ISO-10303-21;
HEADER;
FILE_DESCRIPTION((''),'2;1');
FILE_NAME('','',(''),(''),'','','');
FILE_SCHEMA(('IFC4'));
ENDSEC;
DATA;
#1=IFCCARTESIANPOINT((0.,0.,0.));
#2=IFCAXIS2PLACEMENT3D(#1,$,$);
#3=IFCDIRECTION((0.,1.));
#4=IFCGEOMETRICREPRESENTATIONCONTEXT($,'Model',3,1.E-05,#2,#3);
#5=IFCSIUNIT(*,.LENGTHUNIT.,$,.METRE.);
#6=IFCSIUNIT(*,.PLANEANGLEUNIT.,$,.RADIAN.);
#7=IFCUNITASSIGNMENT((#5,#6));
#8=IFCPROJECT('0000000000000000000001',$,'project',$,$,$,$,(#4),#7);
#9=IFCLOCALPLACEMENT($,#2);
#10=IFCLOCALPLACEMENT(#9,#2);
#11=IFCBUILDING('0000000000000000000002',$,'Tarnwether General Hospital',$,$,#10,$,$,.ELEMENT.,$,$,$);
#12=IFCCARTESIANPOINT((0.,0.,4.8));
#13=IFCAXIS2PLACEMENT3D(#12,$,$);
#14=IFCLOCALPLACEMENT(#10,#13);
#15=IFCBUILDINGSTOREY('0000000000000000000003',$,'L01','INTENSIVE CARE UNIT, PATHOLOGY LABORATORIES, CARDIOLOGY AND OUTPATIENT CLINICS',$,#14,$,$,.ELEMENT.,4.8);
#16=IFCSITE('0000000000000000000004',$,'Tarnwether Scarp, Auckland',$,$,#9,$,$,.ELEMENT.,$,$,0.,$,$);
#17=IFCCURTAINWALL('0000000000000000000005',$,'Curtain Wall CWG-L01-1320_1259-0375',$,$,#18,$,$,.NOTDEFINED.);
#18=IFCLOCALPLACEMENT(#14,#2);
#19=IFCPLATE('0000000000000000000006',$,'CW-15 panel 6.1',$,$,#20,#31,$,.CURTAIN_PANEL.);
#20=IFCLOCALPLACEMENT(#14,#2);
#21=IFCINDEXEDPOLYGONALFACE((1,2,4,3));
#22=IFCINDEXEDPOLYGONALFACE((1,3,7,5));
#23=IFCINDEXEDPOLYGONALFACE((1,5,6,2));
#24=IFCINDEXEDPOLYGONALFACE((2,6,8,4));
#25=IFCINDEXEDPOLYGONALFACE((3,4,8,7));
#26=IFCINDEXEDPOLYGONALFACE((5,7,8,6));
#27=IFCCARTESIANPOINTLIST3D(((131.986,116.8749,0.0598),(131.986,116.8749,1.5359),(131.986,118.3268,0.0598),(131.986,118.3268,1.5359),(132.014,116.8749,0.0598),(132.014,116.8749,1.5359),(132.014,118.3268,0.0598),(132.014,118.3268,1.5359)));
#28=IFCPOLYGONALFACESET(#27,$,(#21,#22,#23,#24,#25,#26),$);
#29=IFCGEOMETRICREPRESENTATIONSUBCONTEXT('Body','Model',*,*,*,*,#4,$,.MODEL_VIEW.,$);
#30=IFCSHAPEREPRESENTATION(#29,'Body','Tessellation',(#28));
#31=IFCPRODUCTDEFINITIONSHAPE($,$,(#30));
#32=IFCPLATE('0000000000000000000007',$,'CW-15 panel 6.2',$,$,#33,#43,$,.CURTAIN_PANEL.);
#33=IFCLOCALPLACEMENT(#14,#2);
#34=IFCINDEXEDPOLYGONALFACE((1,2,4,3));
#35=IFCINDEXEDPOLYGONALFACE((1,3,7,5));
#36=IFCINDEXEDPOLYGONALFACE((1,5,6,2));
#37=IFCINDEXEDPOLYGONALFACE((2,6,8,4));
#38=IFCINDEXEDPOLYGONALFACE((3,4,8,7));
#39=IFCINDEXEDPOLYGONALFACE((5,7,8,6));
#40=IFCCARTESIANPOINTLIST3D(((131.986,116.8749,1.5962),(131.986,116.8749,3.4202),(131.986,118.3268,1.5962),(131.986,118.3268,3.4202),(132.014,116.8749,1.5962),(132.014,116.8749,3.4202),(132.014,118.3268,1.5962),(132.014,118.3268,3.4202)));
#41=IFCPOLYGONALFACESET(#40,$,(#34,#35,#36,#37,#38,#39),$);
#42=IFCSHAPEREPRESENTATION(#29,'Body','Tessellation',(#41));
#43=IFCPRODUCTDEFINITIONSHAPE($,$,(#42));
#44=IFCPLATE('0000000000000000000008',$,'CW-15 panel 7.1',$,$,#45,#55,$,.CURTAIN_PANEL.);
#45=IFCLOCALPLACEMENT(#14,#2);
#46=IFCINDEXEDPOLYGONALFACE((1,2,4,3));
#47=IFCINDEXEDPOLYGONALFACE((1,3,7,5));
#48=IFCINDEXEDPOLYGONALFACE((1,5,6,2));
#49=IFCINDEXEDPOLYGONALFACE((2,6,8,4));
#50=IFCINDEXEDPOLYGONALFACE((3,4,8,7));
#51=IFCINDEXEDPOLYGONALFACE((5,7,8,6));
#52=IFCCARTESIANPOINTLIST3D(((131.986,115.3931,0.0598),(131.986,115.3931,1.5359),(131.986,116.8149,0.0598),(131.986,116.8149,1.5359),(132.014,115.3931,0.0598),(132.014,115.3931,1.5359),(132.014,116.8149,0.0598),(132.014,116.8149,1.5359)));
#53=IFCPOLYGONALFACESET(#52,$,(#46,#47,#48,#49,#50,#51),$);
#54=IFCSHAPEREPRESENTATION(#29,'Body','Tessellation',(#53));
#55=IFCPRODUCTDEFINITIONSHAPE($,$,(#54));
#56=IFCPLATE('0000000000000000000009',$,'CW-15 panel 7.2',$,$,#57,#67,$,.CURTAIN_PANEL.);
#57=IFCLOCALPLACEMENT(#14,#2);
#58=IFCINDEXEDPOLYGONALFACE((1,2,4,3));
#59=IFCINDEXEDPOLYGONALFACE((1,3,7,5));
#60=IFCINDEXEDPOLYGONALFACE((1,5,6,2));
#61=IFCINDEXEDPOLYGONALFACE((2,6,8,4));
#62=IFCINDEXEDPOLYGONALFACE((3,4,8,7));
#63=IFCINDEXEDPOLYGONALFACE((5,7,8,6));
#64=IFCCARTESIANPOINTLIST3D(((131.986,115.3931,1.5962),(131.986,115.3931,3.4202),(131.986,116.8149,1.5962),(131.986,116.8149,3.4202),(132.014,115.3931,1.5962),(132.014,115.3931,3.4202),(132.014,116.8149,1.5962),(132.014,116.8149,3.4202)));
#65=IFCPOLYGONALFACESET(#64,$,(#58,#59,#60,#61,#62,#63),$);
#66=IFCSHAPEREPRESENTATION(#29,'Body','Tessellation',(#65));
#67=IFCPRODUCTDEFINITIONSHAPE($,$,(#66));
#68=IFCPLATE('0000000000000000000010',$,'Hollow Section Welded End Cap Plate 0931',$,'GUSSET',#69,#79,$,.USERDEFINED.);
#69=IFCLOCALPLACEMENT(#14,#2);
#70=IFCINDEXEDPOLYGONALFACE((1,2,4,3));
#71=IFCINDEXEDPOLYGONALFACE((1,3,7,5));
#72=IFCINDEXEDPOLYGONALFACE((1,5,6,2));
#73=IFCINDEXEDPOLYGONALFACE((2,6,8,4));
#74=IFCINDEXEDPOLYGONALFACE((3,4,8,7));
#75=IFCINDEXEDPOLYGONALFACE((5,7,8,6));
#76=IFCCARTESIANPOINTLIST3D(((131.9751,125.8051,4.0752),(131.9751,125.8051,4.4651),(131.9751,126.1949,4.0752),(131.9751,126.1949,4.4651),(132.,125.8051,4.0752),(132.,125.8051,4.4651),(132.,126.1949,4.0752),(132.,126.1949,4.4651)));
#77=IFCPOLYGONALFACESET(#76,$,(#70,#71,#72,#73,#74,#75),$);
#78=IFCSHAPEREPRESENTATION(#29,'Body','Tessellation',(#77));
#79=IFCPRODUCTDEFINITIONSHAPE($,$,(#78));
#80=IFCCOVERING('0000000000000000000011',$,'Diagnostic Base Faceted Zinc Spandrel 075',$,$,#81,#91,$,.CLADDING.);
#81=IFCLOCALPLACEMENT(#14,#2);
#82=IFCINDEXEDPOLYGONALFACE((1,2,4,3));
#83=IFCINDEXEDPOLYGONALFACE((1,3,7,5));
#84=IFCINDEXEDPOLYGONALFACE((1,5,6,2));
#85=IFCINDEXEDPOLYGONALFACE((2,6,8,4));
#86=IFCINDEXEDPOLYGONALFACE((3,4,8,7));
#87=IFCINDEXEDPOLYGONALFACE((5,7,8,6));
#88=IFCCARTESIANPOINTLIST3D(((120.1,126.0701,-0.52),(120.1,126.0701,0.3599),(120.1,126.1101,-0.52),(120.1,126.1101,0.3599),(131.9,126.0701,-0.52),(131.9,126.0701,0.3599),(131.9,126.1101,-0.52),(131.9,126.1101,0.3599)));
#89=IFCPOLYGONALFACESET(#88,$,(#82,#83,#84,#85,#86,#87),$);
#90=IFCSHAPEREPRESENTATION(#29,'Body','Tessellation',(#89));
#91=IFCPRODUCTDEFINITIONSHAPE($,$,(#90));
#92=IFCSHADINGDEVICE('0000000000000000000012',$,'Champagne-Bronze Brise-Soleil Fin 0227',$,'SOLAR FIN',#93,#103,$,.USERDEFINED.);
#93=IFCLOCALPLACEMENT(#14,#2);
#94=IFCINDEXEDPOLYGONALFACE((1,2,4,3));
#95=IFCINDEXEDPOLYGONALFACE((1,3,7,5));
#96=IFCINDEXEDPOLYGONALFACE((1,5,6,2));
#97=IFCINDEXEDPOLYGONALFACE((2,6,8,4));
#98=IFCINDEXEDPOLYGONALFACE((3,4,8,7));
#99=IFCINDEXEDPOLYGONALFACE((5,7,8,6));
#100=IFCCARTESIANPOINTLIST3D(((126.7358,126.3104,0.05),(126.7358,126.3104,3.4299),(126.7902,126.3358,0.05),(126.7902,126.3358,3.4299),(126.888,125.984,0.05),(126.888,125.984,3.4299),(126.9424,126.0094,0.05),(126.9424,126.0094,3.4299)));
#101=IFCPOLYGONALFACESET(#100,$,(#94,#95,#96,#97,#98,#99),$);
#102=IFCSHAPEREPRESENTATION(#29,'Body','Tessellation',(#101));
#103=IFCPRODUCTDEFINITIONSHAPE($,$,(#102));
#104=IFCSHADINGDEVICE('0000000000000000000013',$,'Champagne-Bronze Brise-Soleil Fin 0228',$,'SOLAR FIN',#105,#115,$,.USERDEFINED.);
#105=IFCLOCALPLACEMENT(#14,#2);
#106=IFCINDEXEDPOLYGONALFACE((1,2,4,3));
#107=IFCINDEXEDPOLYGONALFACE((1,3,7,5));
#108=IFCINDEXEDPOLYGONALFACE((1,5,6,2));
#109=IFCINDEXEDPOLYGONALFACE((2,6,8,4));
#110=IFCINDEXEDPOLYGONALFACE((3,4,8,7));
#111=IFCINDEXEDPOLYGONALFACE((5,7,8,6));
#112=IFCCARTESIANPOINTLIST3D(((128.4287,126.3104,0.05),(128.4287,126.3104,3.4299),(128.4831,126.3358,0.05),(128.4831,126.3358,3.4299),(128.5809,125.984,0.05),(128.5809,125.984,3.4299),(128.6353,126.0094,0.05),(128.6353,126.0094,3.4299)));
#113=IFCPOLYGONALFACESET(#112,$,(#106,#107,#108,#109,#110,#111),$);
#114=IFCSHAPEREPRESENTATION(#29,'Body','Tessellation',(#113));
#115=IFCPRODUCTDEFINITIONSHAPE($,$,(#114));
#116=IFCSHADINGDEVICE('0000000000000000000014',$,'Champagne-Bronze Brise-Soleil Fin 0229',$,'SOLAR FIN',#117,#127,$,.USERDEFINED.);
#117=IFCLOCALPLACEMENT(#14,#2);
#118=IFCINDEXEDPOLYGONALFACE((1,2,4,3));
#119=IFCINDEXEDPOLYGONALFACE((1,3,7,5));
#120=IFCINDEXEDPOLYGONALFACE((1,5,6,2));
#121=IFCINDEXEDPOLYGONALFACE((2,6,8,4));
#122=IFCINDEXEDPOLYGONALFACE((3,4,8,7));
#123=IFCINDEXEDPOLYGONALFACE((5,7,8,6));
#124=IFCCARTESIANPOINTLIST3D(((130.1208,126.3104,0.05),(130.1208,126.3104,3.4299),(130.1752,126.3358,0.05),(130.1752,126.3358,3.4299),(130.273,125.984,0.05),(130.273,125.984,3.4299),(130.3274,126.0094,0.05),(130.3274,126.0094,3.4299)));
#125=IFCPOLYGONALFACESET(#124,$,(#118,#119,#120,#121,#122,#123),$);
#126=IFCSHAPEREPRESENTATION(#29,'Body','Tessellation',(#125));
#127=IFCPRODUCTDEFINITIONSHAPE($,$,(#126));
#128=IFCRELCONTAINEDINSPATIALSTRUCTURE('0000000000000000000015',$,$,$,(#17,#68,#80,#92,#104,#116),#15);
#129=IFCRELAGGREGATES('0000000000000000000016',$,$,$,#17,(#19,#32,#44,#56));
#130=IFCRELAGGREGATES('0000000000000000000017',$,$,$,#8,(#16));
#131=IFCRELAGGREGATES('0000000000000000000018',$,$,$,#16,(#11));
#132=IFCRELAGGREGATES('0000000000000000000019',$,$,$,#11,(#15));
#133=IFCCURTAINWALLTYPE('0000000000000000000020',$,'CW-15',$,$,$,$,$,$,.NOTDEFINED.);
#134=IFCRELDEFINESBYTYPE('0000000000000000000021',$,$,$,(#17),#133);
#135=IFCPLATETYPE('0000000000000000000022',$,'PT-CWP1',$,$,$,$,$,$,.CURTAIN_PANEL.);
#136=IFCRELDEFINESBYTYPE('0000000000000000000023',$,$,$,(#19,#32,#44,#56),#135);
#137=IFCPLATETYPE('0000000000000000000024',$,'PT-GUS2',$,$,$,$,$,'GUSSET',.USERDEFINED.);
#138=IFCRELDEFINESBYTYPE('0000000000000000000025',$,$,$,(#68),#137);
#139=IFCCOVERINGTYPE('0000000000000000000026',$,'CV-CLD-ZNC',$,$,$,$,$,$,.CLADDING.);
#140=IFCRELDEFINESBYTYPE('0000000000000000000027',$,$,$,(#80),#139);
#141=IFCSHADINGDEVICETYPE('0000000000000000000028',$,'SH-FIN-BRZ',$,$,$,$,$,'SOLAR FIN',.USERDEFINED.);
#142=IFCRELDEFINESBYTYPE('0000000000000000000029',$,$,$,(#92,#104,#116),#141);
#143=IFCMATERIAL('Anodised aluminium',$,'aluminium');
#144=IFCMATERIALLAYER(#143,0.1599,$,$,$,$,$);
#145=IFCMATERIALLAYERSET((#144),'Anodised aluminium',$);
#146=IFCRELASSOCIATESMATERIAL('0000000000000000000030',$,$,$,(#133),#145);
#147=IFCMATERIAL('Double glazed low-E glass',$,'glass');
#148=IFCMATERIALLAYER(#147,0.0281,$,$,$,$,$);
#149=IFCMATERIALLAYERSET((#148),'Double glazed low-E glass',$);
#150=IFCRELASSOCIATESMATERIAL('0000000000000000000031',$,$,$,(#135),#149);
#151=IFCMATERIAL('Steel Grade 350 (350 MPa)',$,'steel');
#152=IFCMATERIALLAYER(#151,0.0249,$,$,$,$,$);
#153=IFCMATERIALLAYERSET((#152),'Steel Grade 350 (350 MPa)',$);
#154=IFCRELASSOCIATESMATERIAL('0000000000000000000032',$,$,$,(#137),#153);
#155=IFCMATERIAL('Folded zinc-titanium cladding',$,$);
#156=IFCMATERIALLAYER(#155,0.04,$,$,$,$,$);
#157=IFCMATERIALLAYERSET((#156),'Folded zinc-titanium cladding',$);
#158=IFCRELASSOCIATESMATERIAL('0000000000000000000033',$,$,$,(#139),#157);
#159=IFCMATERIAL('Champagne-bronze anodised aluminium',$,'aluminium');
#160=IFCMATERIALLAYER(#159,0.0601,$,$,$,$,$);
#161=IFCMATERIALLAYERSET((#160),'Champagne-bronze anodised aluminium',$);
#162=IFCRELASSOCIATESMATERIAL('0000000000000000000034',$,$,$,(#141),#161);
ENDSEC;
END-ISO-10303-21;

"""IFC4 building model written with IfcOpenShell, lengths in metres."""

from ifc_helpers import new_model, si_unit, direction, frame, origin, origin_2d, place, context, subcontext, project, spatial, rectangle, extrude, material, layer, layer_set, type_object, element, aggregate, save


model = new_model("IFC4")

# Units and contexts
model_context = context("Model", 3, precision=1e-05, world=origin(), true_north=direction((0.0, 1.0)))
body_context = subcontext(model_context, "Body", "Model", "MODEL_VIEW")
ifc_project = project(units=[si_unit("LENGTHUNIT", "METRE"), si_unit("PLANEANGLEUNIT", "RADIAN")], contexts=[model_context])

# Site, building, storey
site_placement = place(None, origin())
site = spatial("IfcSite", under=ifc_project, at=site_placement, Name="Tarnwether Scarp, Auckland", CompositionType="ELEMENT", RefElevation=0.0)
building_placement = place(site_placement, origin())
building = spatial("IfcBuilding", under=site, at=building_placement, Name="Tarnwether General Hospital", CompositionType="ELEMENT")
storey_placement = place(building_placement, frame((0.0, 0.0, 4.8)))
storey = spatial("IfcBuildingStorey", under=building, at=storey_placement, Name="L01", Description="INTENSIVE CARE UNIT, PATHOLOGY LABORATORIES, CARDIOLOGY AND OUTPATIENT CLINICS", CompositionType="ELEMENT", Elevation=4.8)

# Curtain wall
ifc_material_1 = material(Name="Anodised aluminium", Category="aluminium")
ifc_layer_1 = layer(ifc_material_1, 0.1599)
ifc_layer_set_1 = layer_set([ifc_layer_1], Name="Anodised aluminium")
curtain_wall_type_1 = type_object("IfcCurtainWallType", Name="CW-15", PredefinedType="NOTDEFINED", material=ifc_layer_set_1)
curtain_wall_1_placement = place(storey_placement, origin())
curtain_wall_1 = element("IfcCurtainWall", 1, at=curtain_wall_1_placement, inside=storey, type_object=curtain_wall_type_1, Name="Curtain Wall CWG-L01-1320_1259-0375", PredefinedType="NOTDEFINED")

# Plates
ifc_material_2 = material(Name="Double glazed low-E glass", Category="glass")
ifc_layer_2 = layer(ifc_material_2, 0.0281)
ifc_layer_set_2 = layer_set([ifc_layer_2], Name="Double glazed low-E glass")
plate_type_1 = type_object("IfcPlateType", Name="PT-CWP1", PredefinedType="CURTAIN_PANEL", material=ifc_layer_set_2)
plate_1_placement = place(storey_placement, frame((132.0, 117.6008, 0.0598), z_axis=(0.0, 0.0, 1.0), x_axis=(0.0, -1.0, 0.0)))
plate_1 = element("IfcPlate", 2, at=plate_1_placement, type_object=plate_type_1, Name="CW-15 panel 6.1", PredefinedType="CURTAIN_PANEL", context=body_context, shape_type="SweptSolid", body=[
    extrude(rectangle(XDim=1.4519, YDim=0.0281, at=origin_2d()), origin(), (0.0, 0.0, 1.0), 1.4761),
])
plate_2_placement = place(storey_placement, frame((132.0, 117.6008, 1.5962), z_axis=(0.0, 0.0, 1.0), x_axis=(0.0, -1.0, 0.0)))
plate_2 = element("IfcPlate", 3, at=plate_2_placement, type_object=plate_type_1, Name="CW-15 panel 6.2", PredefinedType="CURTAIN_PANEL", context=body_context, shape_type="SweptSolid", body=[
    extrude(rectangle(XDim=1.4519, YDim=0.0281, at=origin_2d()), origin(), (0.0, 0.0, 1.0), 1.824),
])
plate_3_placement = place(storey_placement, frame((132.0, 116.104, 0.0598), z_axis=(0.0, 0.0, 1.0), x_axis=(0.0, -1.0, 0.0)))
plate_3 = element("IfcPlate", 4, at=plate_3_placement, type_object=plate_type_1, Name="CW-15 panel 7.1", PredefinedType="CURTAIN_PANEL", context=body_context, shape_type="SweptSolid", body=[
    extrude(rectangle(XDim=1.4219, YDim=0.0281, at=origin_2d()), origin(), (0.0, 0.0, 1.0), 1.4761),
])
plate_4_placement = place(storey_placement, frame((132.0, 116.104, 1.5962), z_axis=(0.0, 0.0, 1.0), x_axis=(0.0, -1.0, 0.0)))
plate_4 = element("IfcPlate", 5, at=plate_4_placement, type_object=plate_type_1, Name="CW-15 panel 7.2", PredefinedType="CURTAIN_PANEL", context=body_context, shape_type="SweptSolid", body=[
    extrude(rectangle(XDim=1.4219, YDim=0.0281, at=origin_2d()), origin(), (0.0, 0.0, 1.0), 1.824),
])
aggregate(curtain_wall_1, [plate_1, plate_2, plate_3, plate_4])
ifc_material_3 = material(Name="Steel Grade 350 (350 MPa)", Category="steel")
ifc_layer_3 = layer(ifc_material_3, 0.0249)
ifc_layer_set_3 = layer_set([ifc_layer_3], Name="Steel Grade 350 (350 MPa)")
plate_type_2 = type_object("IfcPlateType", Name="PT-GUS2", ElementType="GUSSET", PredefinedType="USERDEFINED", material=ifc_layer_set_3)
plate_5_placement = place(storey_placement, frame((131.9875, 126.0, 4.0752), z_axis=(0.0, 0.0, 1.0), x_axis=(1.0, 0.0, 0.0)))
element("IfcPlate", 6, at=plate_5_placement, inside=storey, type_object=plate_type_2, Name="Hollow Section Welded End Cap Plate 0931", ObjectType="GUSSET", PredefinedType="USERDEFINED", context=body_context, shape_type="SweptSolid", body=[
    extrude(rectangle(XDim=0.0249, YDim=0.3899, at=origin_2d()), origin(), (0.0, 0.0, 1.0), 0.3899),
])

# Covering
ifc_material_4 = material(Name="Folded zinc-titanium cladding")
ifc_layer_4 = layer(ifc_material_4, 0.04)
ifc_layer_set_4 = layer_set([ifc_layer_4], Name="Folded zinc-titanium cladding")
covering_type = type_object("IfcCoveringType", Name="CV-CLD-ZNC", PredefinedType="CLADDING", material=ifc_layer_set_4)
covering_placement = place(storey_placement, frame((126.0, 126.0901, -0.52), z_axis=(0.0, 0.0, 1.0), x_axis=(1.0, 0.0, 0.0)))
element("IfcCovering", 7, at=covering_placement, inside=storey, type_object=covering_type, Name="Diagnostic Base Faceted Zinc Spandrel 075", PredefinedType="CLADDING", context=body_context, shape_type="SweptSolid", body=[
    extrude(rectangle(XDim=11.8, YDim=0.04, at=origin_2d()), origin(), (0.0, 0.0, 1.0), 0.8799),
])

# Shading devices
ifc_material_5 = material(Name="Champagne-bronze anodised aluminium", Category="aluminium")
ifc_layer_5 = layer(ifc_material_5, 0.0601)
ifc_layer_set_5 = layer_set([ifc_layer_5], Name="Champagne-bronze anodised aluminium")
shading_device_type = type_object("IfcShadingDeviceType", Name="SH-FIN-BRZ", ElementType="SOLAR FIN", PredefinedType="USERDEFINED", material=ifc_layer_set_5)
for number, where, z_axis, x_axis, name in (
    (8, (126.8391, 126.1599, 0.05), (0.0, 0.0, 1.0), (0.906308, 0.422618, 0.0), "Champagne-Bronze Brise-Soleil Fin 0227"),
    (9, (128.532, 126.1599, 0.05), (0.0, 0.0, 1.0), (0.906308, 0.422618, 0.0), "Champagne-Bronze Brise-Soleil Fin 0228"),
    (10, (130.2241, 126.1599, 0.05), (0.0, 0.0, 1.0), (0.906308, 0.422618, 0.0), "Champagne-Bronze Brise-Soleil Fin 0229"),
):
    element("IfcShadingDevice", number, at=place(storey_placement, frame(where, z_axis=z_axis, x_axis=x_axis)), inside=storey, type_object=shading_device_type, Name=name, ObjectType="SOLAR FIN", PredefinedType="USERDEFINED", context=body_context, shape_type="SweptSolid", body=[
        extrude(rectangle(XDim=0.0601, YDim=0.3601, at=origin_2d()), origin(), (0.0, 0.0, 1.0), 3.3799),
    ])

save(model, "model.ifc")
